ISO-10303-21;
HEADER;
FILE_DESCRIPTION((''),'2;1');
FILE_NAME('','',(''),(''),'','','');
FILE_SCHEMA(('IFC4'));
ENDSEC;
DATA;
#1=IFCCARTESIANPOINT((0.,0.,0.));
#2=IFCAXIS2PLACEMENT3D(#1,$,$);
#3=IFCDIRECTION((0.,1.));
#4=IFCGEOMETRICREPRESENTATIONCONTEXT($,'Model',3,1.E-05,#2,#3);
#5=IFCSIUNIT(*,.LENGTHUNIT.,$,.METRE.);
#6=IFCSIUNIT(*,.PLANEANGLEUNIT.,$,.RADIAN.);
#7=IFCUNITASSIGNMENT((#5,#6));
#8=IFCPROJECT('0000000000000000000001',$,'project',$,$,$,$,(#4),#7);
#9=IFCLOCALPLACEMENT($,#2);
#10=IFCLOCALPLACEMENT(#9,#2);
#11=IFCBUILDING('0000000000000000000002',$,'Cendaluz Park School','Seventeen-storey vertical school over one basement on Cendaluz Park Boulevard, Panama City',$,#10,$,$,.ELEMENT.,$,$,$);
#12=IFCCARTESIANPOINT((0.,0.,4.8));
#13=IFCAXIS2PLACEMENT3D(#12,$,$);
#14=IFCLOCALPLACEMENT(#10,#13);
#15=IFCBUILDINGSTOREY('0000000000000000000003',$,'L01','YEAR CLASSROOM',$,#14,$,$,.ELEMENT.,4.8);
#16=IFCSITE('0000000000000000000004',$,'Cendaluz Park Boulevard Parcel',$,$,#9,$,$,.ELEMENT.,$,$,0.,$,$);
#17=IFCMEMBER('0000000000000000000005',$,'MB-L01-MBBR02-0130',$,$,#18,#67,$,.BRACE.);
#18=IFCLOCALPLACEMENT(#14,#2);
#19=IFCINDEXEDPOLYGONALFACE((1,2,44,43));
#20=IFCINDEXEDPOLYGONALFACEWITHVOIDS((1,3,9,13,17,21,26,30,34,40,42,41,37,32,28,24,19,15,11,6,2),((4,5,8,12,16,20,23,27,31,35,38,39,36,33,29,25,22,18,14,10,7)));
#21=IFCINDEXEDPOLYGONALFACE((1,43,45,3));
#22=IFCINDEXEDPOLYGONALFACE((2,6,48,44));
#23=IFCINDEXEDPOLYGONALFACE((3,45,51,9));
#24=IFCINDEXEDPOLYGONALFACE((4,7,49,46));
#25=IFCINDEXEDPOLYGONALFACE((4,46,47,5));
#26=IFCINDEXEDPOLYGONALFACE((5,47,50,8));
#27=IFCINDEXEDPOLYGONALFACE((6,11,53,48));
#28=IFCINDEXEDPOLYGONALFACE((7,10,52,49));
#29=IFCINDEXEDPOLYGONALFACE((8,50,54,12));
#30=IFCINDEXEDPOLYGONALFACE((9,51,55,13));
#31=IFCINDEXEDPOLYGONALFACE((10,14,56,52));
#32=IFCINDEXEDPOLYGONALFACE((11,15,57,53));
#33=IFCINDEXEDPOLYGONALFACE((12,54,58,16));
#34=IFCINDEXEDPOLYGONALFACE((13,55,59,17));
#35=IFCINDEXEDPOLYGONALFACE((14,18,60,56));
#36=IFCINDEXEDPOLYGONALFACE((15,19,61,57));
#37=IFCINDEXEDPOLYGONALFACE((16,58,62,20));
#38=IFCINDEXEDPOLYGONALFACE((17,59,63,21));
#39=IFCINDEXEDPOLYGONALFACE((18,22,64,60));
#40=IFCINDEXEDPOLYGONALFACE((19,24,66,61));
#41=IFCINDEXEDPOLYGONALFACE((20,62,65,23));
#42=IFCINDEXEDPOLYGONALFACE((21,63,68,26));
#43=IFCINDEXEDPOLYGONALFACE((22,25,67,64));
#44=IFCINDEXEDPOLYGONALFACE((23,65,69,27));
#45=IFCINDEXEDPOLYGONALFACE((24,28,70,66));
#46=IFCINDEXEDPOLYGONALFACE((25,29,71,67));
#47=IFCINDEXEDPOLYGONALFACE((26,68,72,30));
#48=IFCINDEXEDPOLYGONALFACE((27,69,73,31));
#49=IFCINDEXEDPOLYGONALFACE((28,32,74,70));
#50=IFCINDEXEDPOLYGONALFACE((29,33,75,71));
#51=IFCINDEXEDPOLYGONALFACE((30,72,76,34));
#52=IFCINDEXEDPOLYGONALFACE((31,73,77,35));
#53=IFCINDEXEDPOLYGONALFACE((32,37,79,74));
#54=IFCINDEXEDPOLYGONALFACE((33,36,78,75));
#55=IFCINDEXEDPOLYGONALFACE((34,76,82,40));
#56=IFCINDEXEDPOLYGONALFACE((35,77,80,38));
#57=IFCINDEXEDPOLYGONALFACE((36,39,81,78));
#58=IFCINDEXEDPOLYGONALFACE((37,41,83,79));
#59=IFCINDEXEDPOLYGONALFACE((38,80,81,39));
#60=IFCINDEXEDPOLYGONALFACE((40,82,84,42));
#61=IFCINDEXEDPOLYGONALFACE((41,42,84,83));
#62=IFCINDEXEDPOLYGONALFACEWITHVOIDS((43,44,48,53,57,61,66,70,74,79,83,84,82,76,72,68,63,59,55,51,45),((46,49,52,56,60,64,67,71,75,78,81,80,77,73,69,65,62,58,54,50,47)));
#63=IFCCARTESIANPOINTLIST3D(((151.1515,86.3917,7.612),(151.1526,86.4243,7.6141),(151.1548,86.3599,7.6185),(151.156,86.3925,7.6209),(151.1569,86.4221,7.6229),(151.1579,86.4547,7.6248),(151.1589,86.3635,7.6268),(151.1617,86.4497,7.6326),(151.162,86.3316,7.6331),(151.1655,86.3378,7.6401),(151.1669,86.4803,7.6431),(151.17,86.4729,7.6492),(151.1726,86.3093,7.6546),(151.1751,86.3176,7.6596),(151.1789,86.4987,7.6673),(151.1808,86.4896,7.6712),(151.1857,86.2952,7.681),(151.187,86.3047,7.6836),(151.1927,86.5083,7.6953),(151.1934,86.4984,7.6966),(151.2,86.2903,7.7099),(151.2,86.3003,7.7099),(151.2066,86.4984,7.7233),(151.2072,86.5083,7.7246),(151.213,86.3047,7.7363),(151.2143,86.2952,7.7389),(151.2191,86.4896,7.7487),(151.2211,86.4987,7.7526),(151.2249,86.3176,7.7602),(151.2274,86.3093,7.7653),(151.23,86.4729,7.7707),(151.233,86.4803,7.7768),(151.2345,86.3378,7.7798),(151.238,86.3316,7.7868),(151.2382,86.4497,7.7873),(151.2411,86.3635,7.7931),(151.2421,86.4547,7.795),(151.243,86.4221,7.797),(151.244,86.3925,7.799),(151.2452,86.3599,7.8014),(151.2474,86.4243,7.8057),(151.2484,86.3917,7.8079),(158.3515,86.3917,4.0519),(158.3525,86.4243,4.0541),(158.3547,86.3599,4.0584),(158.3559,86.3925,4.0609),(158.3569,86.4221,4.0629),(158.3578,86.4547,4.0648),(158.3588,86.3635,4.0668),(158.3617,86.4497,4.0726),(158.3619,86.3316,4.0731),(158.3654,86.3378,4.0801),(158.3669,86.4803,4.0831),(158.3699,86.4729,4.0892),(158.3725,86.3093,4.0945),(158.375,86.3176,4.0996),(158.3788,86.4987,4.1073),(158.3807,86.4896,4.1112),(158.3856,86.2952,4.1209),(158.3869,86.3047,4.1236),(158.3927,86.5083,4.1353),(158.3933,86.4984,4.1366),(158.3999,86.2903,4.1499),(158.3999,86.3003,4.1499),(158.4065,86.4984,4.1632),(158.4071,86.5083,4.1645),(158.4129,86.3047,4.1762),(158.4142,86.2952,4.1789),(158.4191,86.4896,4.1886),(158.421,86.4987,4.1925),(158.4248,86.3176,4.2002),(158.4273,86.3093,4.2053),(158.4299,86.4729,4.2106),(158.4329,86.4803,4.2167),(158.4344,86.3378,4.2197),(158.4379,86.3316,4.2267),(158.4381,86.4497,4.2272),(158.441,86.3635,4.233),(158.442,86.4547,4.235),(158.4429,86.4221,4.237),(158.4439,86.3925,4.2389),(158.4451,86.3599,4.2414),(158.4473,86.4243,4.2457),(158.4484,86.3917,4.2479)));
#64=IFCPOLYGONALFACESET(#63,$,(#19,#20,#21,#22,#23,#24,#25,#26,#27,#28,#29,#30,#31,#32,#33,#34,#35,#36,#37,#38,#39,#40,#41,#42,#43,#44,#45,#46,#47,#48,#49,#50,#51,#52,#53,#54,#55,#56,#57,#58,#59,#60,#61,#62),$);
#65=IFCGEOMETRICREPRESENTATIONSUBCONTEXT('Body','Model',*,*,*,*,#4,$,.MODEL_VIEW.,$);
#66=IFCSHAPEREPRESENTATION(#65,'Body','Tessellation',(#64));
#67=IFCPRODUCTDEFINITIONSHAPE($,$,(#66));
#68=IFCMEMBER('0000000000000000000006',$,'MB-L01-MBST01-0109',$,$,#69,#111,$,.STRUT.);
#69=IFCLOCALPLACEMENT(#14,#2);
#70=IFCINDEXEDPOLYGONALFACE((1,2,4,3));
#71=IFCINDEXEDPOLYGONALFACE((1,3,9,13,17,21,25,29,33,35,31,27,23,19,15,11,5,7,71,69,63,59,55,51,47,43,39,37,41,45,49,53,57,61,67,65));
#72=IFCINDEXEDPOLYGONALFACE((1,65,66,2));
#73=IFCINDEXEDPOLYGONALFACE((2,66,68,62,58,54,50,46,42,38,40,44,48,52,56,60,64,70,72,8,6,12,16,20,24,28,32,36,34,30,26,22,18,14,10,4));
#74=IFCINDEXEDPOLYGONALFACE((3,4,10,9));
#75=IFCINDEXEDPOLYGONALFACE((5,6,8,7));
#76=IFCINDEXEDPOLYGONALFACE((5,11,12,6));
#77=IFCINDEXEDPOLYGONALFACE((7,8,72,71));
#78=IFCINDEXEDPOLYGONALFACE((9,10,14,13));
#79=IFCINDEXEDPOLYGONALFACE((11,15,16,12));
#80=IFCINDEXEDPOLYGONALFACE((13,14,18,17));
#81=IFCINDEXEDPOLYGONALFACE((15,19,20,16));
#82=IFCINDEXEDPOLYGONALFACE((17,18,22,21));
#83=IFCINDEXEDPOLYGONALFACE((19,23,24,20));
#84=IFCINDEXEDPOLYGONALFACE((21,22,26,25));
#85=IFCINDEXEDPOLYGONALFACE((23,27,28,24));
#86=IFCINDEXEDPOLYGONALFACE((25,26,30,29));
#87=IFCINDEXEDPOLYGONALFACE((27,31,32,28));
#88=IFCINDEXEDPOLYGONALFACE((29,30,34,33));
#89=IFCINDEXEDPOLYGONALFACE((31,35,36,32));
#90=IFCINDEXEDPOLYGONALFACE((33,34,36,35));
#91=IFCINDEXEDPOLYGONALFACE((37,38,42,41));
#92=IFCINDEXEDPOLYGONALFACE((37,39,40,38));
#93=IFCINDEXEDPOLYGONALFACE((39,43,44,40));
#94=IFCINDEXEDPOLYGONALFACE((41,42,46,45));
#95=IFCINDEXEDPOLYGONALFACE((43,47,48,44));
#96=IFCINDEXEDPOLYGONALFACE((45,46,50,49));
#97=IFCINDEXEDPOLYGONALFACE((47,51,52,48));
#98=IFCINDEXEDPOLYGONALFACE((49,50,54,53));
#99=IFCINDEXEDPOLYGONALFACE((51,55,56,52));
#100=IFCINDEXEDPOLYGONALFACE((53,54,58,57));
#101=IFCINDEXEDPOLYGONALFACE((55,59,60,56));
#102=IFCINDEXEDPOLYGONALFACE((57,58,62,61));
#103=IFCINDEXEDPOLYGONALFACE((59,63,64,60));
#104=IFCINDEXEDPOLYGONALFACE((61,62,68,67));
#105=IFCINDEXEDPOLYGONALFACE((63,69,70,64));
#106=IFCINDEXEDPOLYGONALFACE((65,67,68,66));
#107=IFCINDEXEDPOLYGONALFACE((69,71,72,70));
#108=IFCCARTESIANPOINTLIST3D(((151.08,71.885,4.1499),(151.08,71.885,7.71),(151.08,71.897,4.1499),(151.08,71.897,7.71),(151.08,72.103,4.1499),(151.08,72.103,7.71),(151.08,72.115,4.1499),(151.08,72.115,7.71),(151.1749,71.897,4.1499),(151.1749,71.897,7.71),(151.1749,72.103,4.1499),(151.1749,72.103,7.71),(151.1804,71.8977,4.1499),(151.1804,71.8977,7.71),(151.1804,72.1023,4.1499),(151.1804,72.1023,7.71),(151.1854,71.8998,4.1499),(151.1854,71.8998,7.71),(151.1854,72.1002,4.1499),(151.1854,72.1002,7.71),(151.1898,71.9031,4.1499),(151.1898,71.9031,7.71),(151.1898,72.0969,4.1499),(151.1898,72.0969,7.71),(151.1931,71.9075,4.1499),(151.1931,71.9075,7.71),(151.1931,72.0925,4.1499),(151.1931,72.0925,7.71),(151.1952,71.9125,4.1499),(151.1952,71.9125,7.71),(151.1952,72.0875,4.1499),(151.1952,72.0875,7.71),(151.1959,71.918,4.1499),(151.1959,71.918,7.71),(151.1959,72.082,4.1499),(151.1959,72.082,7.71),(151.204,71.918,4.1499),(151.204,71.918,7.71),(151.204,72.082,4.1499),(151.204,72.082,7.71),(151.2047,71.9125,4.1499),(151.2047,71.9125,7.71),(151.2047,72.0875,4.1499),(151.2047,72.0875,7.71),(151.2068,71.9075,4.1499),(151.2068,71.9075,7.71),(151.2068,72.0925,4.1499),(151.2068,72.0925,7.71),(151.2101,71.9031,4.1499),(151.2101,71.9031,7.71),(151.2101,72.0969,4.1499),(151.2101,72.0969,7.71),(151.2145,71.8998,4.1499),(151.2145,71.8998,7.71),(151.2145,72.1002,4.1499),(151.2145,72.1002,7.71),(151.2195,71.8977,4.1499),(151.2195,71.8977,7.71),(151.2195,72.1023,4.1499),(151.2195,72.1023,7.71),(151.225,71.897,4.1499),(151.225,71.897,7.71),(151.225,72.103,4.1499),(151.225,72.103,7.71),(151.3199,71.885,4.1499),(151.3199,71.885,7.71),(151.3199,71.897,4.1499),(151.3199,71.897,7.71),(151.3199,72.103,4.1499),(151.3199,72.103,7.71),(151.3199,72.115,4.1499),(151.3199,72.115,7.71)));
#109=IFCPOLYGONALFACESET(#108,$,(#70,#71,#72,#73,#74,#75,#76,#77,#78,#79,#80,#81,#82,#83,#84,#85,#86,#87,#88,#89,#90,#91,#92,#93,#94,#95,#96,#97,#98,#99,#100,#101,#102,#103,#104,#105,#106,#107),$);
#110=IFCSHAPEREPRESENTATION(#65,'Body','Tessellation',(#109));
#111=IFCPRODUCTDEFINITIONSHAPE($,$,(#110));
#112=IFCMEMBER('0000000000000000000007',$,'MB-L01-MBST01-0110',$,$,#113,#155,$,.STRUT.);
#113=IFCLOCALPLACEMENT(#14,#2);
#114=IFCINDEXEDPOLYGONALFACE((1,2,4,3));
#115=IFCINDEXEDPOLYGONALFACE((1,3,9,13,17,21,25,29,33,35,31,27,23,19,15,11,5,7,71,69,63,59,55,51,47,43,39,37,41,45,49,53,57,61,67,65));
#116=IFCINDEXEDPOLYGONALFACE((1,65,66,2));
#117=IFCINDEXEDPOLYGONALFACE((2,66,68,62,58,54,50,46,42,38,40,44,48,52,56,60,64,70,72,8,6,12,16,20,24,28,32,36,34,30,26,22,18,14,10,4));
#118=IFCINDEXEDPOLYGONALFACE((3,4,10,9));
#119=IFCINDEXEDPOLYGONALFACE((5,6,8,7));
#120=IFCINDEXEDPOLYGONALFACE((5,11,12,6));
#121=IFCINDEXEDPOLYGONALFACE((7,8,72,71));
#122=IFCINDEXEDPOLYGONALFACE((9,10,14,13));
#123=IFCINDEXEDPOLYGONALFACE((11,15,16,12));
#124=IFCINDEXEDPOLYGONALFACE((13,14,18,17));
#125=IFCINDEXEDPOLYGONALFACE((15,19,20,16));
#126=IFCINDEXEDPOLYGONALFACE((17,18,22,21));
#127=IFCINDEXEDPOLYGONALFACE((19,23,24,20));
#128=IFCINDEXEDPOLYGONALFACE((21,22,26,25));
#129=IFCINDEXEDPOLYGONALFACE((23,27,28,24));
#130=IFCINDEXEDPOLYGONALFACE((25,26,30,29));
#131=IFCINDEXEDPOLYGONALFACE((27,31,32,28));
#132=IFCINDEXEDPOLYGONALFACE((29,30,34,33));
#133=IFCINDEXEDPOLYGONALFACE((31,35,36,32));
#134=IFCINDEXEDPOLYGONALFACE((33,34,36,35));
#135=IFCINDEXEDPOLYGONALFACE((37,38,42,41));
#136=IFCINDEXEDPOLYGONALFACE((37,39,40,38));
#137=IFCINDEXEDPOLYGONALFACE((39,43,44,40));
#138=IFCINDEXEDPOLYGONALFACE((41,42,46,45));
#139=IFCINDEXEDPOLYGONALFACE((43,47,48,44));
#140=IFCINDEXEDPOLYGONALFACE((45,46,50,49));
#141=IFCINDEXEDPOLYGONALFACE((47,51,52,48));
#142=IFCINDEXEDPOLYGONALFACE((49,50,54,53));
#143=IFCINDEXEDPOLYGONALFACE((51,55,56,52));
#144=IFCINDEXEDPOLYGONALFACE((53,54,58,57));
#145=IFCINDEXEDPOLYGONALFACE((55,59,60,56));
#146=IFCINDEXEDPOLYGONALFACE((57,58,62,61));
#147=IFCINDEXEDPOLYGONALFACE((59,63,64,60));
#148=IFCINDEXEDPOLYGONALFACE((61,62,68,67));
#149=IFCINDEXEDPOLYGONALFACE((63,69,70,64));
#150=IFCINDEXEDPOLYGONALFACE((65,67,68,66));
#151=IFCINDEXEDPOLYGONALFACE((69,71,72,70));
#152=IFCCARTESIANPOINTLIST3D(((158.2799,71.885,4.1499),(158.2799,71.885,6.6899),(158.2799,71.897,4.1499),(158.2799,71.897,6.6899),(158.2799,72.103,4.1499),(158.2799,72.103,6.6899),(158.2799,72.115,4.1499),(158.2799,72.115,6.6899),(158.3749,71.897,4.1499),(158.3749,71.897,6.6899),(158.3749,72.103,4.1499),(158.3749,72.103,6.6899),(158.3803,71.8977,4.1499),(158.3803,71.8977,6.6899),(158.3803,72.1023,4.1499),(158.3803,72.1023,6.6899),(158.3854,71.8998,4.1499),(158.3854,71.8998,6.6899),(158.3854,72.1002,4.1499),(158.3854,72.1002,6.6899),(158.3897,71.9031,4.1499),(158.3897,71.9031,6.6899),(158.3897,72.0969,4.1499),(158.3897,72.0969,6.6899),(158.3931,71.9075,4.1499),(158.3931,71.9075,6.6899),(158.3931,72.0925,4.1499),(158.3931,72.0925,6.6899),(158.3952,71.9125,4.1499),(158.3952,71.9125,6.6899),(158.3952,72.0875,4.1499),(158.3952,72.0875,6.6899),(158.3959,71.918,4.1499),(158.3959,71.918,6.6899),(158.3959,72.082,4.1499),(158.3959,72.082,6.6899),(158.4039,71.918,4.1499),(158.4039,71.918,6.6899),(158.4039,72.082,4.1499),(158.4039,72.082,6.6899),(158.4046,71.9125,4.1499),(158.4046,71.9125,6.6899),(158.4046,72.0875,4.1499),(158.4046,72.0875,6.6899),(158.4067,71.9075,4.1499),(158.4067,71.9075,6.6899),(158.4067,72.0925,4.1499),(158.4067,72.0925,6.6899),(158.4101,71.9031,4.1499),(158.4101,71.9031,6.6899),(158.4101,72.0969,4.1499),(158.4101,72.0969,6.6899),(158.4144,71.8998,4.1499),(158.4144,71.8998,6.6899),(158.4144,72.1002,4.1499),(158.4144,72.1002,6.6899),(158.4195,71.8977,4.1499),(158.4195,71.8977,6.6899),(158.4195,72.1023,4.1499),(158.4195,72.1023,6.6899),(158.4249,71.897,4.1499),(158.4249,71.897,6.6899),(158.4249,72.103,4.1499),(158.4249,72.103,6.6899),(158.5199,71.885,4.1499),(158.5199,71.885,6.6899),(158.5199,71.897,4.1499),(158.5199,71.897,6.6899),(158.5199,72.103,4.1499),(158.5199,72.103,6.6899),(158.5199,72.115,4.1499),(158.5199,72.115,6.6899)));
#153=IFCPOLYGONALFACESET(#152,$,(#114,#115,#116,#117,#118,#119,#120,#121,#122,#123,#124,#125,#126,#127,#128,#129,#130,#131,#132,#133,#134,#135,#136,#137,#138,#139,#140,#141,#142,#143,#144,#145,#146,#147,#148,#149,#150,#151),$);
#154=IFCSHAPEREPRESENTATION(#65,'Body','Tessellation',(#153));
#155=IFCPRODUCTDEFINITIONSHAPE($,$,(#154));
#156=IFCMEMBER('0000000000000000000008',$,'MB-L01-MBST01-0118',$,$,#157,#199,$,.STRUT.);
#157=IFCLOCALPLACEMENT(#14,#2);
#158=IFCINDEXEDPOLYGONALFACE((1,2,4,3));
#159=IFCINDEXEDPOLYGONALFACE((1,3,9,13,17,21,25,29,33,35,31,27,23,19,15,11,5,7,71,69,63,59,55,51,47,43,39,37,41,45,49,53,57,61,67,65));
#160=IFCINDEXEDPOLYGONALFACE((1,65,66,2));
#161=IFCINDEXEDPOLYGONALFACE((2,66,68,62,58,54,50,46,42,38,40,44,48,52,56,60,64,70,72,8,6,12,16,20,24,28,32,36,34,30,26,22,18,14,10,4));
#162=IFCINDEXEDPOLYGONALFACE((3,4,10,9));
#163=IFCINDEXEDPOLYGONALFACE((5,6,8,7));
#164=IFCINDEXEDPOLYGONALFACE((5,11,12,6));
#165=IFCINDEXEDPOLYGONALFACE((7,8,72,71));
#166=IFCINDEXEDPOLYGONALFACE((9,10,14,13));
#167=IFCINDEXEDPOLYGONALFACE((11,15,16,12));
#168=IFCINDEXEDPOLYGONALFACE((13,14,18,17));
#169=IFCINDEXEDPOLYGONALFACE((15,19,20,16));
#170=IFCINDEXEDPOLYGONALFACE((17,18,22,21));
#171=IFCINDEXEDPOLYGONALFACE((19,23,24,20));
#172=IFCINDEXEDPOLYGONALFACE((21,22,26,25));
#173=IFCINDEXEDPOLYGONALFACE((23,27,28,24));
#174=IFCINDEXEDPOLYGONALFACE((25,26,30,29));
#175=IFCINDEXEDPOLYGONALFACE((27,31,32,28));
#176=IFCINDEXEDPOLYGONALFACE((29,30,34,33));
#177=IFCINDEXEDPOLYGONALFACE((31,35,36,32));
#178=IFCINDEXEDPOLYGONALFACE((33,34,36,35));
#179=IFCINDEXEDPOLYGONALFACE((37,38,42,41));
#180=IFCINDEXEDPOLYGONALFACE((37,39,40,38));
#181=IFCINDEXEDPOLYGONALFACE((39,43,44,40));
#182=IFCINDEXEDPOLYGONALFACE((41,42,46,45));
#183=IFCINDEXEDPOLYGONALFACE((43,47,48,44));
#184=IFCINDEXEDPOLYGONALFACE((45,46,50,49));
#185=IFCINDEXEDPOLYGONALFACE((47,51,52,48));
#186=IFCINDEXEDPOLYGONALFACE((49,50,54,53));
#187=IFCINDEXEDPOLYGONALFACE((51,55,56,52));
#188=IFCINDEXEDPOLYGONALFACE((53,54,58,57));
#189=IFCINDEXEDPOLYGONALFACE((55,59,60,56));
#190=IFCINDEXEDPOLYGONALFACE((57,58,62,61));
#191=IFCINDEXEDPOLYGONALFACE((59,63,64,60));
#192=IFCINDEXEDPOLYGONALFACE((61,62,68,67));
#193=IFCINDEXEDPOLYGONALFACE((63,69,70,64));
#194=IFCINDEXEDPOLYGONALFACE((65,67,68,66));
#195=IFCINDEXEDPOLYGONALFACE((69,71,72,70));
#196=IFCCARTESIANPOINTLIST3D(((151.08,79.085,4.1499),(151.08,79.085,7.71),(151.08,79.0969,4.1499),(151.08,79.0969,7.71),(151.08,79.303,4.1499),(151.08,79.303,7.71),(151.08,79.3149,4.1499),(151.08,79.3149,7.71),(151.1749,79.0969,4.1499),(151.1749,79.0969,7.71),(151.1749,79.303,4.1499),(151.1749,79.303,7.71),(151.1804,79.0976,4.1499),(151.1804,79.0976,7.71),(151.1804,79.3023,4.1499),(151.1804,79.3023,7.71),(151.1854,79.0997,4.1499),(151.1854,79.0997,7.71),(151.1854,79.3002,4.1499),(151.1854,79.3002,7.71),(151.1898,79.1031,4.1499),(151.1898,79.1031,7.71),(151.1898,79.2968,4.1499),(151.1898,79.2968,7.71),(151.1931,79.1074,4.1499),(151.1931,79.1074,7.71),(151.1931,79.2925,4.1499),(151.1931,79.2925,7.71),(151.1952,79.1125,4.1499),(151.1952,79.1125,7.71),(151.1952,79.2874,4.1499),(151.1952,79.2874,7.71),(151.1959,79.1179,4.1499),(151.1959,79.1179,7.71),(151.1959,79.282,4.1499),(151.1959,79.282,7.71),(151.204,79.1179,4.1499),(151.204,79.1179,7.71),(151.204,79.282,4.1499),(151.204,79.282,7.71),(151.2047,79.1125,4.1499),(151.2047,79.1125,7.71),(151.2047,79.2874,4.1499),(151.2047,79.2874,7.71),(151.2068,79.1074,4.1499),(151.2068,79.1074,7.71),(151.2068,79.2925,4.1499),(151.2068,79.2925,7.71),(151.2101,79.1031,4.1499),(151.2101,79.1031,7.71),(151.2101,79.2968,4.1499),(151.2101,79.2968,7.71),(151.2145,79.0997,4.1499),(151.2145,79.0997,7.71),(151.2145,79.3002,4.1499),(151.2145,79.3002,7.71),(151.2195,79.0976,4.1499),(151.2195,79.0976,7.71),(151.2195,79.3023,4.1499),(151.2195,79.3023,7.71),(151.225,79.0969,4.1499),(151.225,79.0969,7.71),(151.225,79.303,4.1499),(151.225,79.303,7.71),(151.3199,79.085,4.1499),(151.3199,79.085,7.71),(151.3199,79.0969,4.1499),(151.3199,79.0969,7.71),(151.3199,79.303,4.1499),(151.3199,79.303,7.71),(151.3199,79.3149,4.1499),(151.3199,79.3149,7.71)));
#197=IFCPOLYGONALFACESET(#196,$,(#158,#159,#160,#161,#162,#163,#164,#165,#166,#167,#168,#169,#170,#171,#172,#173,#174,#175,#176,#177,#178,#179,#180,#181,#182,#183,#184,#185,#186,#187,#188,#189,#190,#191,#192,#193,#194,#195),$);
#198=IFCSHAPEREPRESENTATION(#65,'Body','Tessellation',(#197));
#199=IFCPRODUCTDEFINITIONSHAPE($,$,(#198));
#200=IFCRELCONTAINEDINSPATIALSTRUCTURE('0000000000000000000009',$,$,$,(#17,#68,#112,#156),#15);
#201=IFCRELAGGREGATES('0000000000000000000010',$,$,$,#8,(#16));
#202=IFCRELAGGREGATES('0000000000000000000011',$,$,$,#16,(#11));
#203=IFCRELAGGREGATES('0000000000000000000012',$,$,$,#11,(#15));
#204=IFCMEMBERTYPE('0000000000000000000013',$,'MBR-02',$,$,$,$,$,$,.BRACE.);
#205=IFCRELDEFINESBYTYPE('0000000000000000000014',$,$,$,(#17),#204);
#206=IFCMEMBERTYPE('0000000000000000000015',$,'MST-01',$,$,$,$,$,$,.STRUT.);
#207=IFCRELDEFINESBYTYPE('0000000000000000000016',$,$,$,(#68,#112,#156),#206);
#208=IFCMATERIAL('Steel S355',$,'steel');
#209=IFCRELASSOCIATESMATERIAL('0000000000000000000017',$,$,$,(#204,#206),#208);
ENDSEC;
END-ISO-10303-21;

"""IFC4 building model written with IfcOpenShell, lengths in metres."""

from ifc_helpers import new_model, si_unit, direction, frame, origin, origin_2d, place, context, subcontext, project, spatial, hollow_circle, i_section, extrude, material, material_profile, profile_set, type_object, element, save


model = new_model("IFC4")

# Units and contexts
model_context = context("Model", 3, precision=1e-05, world=origin(), true_north=direction((0.0, 1.0)))
body_context = subcontext(model_context, "Body", "Model", "MODEL_VIEW")
ifc_project = project(units=[si_unit("LENGTHUNIT", "METRE"), si_unit("PLANEANGLEUNIT", "RADIAN")], contexts=[model_context])

# Site, building, storey
site_placement = place(None, origin())
site = spatial("IfcSite", under=ifc_project, at=site_placement, Name="Cendaluz Park Boulevard Parcel", CompositionType="ELEMENT", RefElevation=0.0)
building_placement = place(site_placement, origin())
building = spatial("IfcBuilding", under=site, at=building_placement, Name="Cendaluz Park School", Description="Seventeen-storey vertical school over one basement on Cendaluz Park Boulevard, Panama City", CompositionType="ELEMENT")
storey_placement = place(building_placement, frame((0.0, 0.0, 4.8)))
storey = spatial("IfcBuildingStorey", under=building, at=storey_placement, Name="L01", Description="YEAR CLASSROOM", CompositionType="ELEMENT", Elevation=4.8)

# Members
ifc_material_1 = material(Name="Steel S355", Category="steel")
ifc_material_profile_1 = material_profile(ifc_material_1, hollow_circle(Radius=0.1096, WallThickness=0.01, at=origin_2d()), Name="CHS 219x10", Category="steel")
ifc_profile_set_1 = profile_set([ifc_material_profile_1], Name="Steel S355")
member_type_1 = type_object("IfcMemberType", Name="MBR-02", PredefinedType="BRACE", material=ifc_profile_set_1)
for number, where, z_axis, x_axis, name in (
    (1, (158.3999, 86.3999, 4.1499), (-0.896406, 0.0, 0.443233), (0.0, -1.0, 0.0), "MB-L01-MBBR02-0130"),
):
    element("IfcMember", number, at=place(storey_placement, frame(where, z_axis=z_axis, x_axis=x_axis)), inside=storey, type_object=member_type_1, Name=name, PredefinedType="BRACE", context=body_context, shape_type="SweptSolid", body=[
        extrude(hollow_circle(Radius=0.1096, WallThickness=0.01, at=origin_2d()), origin(), (0.0, 0.0, 1.0), 8.032),
    ])
ifc_material_profile_2 = material_profile(ifc_material_1, i_section(OverallWidth=0.24, OverallDepth=0.23, WebThickness=0.0081, FlangeThickness=0.012, FilletRadius=0.021, at=origin_2d()), Name="HEA 240", Category="steel")
ifc_profile_set_2 = profile_set([ifc_material_profile_2], Name="Steel S355")
member_type_2 = type_object("IfcMemberType", Name="MST-01", PredefinedType="STRUT", material=ifc_profile_set_2)
member_1_placement = place(storey_placement, frame((151.2, 72.0, 4.1499), z_axis=(0.0, 0.0, 1.0), x_axis=(1.0, 0.0, 0.0)))
element("IfcMember", 2, at=member_1_placement, inside=storey, type_object=member_type_2, Name="MB-L01-MBST01-0109", PredefinedType="STRUT", context=body_context, shape_type="SweptSolid", body=[
    extrude(i_section(OverallWidth=0.24, OverallDepth=0.23, WebThickness=0.0081, FlangeThickness=0.012, FilletRadius=0.021, at=origin_2d()), origin(), (0.0, 0.0, 1.0), 3.5601),
])
member_2_placement = place(storey_placement, frame((158.3999, 72.0, 4.1499), z_axis=(0.0, 0.0, 1.0), x_axis=(1.0, 0.0, 0.0)))
element("IfcMember", 3, at=member_2_placement, inside=storey, type_object=member_type_2, Name="MB-L01-MBST01-0110", PredefinedType="STRUT", context=body_context, shape_type="SweptSolid", body=[
    extrude(i_section(OverallWidth=0.24, OverallDepth=0.23, WebThickness=0.0081, FlangeThickness=0.012, FilletRadius=0.021, at=origin_2d()), origin(), (0.0, 0.0, 1.0), 2.54),
])
member_3_placement = place(storey_placement, frame((151.2, 79.2, 4.1499), z_axis=(0.0, 0.0, 1.0), x_axis=(1.0, 0.0, 0.0)))
element("IfcMember", 4, at=member_3_placement, inside=storey, type_object=member_type_2, Name="MB-L01-MBST01-0118", PredefinedType="STRUT", context=body_context, shape_type="SweptSolid", body=[
    extrude(i_section(OverallWidth=0.24, OverallDepth=0.23, WebThickness=0.0081, FlangeThickness=0.012, FilletRadius=0.021, at=origin_2d()), origin(), (0.0, 0.0, 1.0), 3.5601),
])

save(model, "model.ifc")
